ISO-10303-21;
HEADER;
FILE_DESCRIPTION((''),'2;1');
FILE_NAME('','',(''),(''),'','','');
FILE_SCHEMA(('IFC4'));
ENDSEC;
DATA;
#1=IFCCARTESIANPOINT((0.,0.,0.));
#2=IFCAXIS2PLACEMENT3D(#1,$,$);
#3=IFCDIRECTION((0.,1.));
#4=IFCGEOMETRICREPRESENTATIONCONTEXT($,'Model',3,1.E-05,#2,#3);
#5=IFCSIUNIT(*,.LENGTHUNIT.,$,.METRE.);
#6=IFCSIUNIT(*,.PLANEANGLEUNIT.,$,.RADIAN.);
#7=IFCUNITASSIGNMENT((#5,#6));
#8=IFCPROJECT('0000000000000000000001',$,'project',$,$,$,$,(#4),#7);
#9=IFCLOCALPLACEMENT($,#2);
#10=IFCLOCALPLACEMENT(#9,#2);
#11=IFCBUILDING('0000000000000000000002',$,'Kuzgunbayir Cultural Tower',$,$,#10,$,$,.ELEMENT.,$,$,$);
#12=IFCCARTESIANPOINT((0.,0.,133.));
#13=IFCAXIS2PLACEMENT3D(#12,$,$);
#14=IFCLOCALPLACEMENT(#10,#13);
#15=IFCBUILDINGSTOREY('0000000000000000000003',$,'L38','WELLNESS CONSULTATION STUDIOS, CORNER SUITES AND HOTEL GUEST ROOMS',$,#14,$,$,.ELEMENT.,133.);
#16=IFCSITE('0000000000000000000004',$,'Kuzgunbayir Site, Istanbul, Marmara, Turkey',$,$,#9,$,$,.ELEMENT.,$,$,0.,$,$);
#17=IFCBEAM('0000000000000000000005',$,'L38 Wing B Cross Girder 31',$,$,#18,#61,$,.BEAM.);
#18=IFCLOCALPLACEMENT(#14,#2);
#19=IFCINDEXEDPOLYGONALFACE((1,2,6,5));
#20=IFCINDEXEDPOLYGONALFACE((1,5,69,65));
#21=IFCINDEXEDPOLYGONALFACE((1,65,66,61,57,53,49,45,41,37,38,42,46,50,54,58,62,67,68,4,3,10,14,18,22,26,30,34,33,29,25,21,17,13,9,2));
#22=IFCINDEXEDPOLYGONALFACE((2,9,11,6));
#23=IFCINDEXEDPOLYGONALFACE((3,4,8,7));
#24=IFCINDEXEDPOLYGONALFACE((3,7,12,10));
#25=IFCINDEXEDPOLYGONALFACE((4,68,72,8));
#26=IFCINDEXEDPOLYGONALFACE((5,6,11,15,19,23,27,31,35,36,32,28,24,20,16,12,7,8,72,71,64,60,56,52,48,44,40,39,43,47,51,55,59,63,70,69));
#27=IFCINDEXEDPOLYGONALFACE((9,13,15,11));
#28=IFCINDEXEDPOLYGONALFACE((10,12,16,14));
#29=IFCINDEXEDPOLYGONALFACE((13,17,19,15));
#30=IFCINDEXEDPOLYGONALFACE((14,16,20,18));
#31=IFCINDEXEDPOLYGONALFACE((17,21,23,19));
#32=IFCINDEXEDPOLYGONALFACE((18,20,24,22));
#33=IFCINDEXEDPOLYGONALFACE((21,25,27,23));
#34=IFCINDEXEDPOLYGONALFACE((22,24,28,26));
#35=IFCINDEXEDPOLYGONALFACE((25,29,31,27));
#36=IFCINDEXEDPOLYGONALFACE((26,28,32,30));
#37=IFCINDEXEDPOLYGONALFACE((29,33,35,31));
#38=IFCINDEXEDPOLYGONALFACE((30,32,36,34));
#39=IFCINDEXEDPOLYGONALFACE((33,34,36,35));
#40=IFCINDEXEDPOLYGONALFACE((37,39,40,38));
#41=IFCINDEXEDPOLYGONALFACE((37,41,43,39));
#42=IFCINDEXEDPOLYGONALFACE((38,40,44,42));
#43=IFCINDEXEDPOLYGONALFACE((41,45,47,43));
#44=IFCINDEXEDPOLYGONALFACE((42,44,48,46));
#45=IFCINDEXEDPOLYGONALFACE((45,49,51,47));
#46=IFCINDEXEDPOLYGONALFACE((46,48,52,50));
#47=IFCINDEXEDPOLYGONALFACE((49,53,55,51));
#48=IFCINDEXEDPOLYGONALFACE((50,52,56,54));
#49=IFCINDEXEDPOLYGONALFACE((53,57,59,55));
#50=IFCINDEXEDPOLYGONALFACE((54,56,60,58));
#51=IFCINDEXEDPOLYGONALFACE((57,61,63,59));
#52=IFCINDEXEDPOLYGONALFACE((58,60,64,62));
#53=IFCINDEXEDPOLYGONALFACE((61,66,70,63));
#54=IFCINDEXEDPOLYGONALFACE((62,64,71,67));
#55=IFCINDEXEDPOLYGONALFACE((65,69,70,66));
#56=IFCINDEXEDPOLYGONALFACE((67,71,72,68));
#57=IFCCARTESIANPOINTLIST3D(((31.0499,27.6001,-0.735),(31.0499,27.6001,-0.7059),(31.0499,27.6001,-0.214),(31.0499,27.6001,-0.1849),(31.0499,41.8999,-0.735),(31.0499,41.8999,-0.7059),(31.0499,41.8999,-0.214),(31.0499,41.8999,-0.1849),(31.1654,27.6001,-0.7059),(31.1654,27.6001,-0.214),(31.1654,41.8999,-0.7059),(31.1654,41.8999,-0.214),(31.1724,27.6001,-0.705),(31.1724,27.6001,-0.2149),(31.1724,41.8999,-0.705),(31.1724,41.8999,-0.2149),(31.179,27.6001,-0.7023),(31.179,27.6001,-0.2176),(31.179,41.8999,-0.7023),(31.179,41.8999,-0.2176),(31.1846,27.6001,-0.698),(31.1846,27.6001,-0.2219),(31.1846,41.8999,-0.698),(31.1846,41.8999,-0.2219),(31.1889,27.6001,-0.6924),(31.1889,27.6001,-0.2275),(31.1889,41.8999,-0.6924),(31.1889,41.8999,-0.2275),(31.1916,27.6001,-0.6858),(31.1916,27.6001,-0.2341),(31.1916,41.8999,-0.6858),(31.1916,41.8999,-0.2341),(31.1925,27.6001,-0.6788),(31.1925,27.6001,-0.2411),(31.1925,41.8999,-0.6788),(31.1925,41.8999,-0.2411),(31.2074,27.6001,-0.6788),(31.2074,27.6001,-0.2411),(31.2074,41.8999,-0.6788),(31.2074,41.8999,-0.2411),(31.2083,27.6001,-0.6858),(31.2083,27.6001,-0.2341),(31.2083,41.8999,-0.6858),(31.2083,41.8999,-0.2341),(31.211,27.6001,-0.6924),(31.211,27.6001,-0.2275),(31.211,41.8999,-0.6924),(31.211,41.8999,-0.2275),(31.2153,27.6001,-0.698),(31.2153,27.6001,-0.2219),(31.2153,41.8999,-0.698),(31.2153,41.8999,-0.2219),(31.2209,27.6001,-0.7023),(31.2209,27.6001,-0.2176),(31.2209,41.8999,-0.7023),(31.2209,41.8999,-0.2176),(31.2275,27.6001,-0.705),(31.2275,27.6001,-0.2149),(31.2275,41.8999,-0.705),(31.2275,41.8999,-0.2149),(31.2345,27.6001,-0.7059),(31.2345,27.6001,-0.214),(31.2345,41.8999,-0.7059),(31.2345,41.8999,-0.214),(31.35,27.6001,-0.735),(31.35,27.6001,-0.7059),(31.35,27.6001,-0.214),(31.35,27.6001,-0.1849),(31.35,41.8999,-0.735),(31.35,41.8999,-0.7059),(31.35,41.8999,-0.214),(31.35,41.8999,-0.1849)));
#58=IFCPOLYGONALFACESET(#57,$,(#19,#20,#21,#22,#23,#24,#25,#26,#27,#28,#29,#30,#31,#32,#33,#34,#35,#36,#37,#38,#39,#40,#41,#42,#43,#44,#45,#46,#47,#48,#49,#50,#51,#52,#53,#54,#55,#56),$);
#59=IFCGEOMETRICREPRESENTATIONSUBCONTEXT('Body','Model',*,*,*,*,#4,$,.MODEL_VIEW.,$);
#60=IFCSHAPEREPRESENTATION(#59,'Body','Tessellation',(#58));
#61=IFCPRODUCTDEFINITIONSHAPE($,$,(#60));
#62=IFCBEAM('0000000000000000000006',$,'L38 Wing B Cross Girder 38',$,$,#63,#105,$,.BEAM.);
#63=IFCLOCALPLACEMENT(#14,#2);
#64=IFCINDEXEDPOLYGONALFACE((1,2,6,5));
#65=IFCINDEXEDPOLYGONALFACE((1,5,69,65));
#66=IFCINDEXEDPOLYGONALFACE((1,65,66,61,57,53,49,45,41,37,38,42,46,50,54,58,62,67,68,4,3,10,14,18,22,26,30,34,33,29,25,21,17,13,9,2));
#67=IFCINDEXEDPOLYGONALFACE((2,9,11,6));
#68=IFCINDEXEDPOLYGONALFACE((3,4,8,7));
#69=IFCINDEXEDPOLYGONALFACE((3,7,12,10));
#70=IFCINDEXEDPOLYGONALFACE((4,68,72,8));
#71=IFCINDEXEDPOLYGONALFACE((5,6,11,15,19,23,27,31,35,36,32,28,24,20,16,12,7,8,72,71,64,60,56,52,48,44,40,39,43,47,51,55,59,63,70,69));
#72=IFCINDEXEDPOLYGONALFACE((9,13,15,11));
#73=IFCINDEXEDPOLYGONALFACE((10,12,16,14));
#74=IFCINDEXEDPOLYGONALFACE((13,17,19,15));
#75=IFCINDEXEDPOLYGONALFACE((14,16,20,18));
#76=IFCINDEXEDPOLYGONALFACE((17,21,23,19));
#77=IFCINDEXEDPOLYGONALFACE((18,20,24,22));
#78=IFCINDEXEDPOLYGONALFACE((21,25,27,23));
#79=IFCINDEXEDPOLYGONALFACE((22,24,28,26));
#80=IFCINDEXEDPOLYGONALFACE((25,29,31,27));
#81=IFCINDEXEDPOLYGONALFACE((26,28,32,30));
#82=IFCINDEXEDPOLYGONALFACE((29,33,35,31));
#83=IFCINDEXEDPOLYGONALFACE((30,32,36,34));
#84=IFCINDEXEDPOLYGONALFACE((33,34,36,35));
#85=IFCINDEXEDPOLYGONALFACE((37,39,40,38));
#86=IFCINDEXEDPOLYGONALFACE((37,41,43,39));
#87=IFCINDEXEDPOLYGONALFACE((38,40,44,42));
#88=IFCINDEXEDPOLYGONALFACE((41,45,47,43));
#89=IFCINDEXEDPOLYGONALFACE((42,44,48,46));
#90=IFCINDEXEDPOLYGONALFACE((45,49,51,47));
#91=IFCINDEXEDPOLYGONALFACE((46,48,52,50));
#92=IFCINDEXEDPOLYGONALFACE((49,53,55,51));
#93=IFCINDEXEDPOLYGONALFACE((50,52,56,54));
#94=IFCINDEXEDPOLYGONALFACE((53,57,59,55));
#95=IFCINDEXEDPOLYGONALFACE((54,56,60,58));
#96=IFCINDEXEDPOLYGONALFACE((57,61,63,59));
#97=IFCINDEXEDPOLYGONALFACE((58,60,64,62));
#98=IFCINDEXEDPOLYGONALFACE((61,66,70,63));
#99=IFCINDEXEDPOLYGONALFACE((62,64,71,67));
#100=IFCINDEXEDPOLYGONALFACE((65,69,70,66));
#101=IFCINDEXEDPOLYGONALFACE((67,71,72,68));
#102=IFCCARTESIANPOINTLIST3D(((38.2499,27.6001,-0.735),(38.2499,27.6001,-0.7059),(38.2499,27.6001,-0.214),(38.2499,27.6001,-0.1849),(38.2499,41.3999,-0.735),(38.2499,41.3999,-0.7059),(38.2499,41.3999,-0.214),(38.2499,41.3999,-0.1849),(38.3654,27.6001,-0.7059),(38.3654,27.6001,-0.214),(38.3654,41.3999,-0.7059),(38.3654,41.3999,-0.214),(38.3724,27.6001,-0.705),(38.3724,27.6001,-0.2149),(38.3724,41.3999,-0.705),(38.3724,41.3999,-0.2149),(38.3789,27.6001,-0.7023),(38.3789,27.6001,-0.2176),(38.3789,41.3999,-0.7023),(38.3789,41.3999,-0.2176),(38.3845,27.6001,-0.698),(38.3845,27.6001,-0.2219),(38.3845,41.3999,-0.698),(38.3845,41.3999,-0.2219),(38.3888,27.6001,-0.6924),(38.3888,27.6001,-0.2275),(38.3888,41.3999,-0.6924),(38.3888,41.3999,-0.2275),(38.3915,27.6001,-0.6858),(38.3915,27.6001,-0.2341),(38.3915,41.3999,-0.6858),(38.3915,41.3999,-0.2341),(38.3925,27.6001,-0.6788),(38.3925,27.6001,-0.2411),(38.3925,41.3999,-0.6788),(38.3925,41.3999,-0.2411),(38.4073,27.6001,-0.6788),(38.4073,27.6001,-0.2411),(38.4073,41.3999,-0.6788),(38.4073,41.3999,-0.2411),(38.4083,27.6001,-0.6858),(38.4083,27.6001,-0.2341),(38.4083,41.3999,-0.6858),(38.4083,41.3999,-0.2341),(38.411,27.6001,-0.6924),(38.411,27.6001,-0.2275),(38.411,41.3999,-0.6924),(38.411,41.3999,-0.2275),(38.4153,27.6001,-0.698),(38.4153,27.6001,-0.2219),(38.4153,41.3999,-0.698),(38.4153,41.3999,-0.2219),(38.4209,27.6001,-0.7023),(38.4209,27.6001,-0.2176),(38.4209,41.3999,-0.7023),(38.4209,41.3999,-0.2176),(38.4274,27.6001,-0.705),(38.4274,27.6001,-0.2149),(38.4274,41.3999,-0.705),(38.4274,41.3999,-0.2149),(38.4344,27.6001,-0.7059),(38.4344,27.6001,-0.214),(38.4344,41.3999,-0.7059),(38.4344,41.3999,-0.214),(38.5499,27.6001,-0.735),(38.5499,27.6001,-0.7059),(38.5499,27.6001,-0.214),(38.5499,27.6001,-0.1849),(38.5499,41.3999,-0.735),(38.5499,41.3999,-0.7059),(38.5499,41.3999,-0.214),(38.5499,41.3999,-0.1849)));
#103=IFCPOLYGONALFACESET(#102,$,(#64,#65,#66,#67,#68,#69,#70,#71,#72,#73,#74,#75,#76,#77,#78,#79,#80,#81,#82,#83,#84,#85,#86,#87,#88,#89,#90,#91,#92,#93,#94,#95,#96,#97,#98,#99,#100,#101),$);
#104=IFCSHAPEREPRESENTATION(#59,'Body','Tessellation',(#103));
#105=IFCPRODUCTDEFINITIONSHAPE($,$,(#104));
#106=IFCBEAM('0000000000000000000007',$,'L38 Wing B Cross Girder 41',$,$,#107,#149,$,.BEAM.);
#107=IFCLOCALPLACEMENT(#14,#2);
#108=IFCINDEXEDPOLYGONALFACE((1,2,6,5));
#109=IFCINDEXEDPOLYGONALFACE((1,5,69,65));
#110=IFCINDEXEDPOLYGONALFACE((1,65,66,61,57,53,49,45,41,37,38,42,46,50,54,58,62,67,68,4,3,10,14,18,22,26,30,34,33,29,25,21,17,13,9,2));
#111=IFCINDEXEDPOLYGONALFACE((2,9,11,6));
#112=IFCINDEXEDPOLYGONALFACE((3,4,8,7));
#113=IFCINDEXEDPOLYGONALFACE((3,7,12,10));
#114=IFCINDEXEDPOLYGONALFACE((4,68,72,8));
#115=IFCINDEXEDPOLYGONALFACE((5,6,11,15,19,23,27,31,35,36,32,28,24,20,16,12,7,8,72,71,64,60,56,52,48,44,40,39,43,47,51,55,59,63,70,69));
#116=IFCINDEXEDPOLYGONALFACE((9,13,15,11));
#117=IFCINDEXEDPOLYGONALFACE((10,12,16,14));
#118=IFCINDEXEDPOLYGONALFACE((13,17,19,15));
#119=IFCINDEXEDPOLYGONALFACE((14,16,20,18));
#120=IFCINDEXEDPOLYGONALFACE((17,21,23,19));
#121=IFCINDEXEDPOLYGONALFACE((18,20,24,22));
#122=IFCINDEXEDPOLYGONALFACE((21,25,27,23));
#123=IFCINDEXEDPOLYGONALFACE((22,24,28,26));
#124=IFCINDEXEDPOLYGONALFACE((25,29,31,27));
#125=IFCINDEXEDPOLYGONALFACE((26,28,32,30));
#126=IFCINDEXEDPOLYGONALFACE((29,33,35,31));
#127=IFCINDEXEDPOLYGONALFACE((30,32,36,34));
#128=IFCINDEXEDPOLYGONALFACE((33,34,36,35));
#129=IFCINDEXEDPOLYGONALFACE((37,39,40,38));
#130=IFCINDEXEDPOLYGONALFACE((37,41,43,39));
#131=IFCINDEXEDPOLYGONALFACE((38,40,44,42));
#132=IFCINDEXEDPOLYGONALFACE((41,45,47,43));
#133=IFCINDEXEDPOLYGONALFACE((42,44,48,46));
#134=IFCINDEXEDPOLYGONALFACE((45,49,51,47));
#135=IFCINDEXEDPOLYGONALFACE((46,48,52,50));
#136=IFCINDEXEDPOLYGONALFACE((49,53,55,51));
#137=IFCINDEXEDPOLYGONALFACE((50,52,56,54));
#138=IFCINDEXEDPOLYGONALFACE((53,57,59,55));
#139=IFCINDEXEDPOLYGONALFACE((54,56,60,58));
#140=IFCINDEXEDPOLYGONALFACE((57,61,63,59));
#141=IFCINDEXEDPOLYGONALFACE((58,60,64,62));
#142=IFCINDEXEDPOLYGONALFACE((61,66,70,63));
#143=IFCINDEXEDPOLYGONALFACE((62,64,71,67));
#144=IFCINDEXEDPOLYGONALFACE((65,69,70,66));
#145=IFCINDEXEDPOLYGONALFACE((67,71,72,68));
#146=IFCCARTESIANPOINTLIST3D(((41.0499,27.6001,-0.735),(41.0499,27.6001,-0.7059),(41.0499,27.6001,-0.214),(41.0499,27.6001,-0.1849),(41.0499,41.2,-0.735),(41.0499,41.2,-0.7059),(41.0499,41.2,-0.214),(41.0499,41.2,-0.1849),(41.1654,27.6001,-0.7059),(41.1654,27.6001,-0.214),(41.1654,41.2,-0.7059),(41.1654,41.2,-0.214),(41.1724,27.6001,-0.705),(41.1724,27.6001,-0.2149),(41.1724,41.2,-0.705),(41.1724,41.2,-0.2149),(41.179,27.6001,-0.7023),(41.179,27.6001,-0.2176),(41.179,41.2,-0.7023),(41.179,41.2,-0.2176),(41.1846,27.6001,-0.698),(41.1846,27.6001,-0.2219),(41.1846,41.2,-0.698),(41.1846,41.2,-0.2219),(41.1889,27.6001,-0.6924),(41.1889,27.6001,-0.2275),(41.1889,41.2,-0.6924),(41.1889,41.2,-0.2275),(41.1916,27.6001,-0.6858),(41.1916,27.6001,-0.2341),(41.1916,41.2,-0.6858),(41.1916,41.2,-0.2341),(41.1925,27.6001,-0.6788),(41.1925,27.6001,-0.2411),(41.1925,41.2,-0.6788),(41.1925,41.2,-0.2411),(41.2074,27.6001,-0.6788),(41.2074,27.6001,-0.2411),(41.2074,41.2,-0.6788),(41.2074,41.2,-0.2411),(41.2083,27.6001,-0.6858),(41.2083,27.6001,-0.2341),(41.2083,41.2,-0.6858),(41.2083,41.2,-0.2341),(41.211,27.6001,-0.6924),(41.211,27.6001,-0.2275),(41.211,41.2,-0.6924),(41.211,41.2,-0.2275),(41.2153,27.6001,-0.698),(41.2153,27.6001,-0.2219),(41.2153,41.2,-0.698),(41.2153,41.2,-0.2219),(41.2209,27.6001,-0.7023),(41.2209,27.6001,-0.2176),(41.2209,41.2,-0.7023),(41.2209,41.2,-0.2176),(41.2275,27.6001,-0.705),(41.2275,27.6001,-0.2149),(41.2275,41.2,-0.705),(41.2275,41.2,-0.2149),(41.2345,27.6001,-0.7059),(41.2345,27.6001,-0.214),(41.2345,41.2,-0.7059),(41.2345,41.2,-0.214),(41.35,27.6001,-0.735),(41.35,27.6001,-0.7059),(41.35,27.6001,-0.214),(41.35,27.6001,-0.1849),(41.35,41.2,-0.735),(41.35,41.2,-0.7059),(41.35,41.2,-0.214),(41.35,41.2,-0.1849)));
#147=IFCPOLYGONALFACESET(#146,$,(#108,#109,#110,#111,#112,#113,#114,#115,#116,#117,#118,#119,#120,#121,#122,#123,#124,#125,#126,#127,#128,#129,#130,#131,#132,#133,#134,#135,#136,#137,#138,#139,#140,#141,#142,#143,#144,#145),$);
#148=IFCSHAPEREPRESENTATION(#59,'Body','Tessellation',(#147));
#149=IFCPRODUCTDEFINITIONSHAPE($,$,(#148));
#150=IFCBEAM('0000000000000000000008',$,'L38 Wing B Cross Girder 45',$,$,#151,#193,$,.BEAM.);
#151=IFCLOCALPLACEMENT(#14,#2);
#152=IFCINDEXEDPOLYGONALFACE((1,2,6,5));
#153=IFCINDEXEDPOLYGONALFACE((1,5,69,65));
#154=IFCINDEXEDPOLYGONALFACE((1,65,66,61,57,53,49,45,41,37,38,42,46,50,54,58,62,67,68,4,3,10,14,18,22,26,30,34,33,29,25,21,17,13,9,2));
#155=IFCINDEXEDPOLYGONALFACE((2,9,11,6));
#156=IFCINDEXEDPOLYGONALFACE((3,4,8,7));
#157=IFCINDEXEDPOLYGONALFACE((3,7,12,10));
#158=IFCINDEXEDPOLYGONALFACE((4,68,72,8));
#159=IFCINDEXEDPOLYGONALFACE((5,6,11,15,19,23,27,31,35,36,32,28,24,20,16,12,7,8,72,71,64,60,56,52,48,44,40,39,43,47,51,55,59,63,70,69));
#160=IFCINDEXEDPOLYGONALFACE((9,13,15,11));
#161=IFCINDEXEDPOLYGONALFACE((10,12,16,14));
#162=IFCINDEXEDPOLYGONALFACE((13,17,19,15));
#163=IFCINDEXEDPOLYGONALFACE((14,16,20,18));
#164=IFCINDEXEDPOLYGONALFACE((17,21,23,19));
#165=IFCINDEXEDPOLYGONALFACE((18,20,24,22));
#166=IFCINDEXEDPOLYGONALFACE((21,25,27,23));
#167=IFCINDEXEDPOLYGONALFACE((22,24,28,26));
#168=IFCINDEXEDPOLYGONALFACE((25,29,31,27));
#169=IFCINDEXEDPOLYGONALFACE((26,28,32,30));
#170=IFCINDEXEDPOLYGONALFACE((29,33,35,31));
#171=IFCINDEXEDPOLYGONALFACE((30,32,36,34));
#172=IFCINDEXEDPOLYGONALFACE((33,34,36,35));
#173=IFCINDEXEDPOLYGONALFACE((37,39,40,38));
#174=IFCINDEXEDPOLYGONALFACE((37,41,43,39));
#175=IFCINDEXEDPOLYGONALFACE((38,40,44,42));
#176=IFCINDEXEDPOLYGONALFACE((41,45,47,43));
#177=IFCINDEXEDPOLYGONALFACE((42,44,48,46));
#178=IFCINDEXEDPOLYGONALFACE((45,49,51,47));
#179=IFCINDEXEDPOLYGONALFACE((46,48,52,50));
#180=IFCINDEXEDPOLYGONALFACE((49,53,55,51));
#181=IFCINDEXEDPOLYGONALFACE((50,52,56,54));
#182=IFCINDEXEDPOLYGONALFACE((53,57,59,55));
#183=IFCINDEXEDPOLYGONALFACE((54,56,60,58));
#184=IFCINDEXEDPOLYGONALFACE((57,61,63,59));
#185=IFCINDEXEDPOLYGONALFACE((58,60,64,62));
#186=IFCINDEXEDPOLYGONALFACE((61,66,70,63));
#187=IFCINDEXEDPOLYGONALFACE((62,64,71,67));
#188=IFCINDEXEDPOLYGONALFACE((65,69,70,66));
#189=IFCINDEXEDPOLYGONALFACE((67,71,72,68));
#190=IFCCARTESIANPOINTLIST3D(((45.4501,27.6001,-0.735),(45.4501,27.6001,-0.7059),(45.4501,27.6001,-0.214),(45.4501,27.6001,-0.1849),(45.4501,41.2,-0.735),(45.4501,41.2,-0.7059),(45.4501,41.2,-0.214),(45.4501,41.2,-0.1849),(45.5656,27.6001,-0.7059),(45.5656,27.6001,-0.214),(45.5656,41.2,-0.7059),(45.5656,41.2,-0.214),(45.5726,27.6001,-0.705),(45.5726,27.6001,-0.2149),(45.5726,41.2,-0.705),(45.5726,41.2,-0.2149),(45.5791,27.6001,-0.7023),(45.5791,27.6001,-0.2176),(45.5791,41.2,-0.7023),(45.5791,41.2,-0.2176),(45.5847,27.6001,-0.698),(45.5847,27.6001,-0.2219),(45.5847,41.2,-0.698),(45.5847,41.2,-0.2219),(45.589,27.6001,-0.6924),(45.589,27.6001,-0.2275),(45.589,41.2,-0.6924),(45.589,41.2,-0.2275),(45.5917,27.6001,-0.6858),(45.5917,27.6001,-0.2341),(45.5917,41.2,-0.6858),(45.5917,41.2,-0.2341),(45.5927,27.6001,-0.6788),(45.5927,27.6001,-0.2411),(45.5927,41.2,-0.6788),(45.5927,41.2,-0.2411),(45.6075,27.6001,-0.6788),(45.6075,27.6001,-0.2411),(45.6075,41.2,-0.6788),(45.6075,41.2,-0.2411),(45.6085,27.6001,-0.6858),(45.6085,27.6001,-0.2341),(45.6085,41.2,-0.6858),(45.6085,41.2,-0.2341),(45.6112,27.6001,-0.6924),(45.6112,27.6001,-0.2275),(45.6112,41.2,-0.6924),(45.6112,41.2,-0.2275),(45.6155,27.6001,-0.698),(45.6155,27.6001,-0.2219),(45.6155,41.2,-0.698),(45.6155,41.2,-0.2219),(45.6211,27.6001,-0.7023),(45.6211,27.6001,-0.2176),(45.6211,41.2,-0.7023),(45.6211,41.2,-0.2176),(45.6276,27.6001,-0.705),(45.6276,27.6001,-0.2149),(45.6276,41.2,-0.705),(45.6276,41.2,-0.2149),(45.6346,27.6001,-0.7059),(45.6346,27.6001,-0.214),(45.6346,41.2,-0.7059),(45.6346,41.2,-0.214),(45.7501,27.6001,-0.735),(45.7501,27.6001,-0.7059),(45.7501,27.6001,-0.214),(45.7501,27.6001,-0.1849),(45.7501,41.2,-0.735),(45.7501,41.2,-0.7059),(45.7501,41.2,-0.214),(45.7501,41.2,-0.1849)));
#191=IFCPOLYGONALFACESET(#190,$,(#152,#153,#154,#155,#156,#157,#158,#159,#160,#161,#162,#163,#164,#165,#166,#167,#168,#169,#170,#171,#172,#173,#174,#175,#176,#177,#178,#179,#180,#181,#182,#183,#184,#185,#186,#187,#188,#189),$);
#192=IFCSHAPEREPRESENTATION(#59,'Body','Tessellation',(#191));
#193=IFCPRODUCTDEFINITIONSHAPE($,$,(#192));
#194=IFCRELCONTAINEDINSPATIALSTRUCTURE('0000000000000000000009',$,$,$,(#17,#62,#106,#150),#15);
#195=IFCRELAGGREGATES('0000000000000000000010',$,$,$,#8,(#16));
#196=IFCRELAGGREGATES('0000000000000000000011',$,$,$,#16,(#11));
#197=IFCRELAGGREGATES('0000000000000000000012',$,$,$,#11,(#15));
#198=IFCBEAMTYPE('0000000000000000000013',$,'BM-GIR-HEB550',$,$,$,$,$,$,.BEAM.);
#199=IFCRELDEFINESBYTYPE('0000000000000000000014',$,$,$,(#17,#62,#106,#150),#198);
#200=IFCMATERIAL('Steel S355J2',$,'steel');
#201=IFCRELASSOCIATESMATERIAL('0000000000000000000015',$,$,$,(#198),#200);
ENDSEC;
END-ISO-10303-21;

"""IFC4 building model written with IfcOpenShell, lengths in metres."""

from ifc_helpers import new_model, si_unit, direction, frame, origin, origin_2d, place, context, subcontext, project, spatial, i_section, extrude, material, material_profile, profile_set, type_object, element, save


model = new_model("IFC4")

# Units and contexts
model_context = context("Model", 3, precision=1e-05, world=origin(), true_north=direction((0.0, 1.0)))
body_context = subcontext(model_context, "Body", "Model", "MODEL_VIEW")
ifc_project = project(units=[si_unit("LENGTHUNIT", "METRE"), si_unit("PLANEANGLEUNIT", "RADIAN")], contexts=[model_context])

# Site, building, storey
site_placement = place(None, origin())
site = spatial("IfcSite", under=ifc_project, at=site_placement, Name="Kuzgunbayir Site, Istanbul, Marmara, Turkey", CompositionType="ELEMENT", RefElevation=0.0)
building_placement = place(site_placement, origin())
building = spatial("IfcBuilding", under=site, at=building_placement, Name="Kuzgunbayir Cultural Tower", CompositionType="ELEMENT")
storey_placement = place(building_placement, frame((0.0, 0.0, 133.0)))
storey = spatial("IfcBuildingStorey", under=building, at=storey_placement, Name="L38", Description="WELLNESS CONSULTATION STUDIOS, CORNER SUITES AND HOTEL GUEST ROOMS", CompositionType="ELEMENT", Elevation=133.0)

# Beams
ifc_material_1 = material(Name="Steel S355J2", Category="steel")
ifc_material_profile_1 = material_profile(ifc_material_1, i_section(OverallWidth=0.3, OverallDepth=0.55, WebThickness=0.0149, FlangeThickness=0.0291, FilletRadius=0.0271, at=origin_2d()), Name="HEB 550")
ifc_profile_set_1 = profile_set([ifc_material_profile_1], Name="Steel S355J2")
beam_type_1 = type_object("IfcBeamType", Name="BM-GIR-HEB550", PredefinedType="BEAM", material=ifc_profile_set_1)
beam_1_placement = place(storey_placement, frame((31.2, 27.6001, -0.46), z_axis=(0.0, 1.0, 0.0), x_axis=(-1.0, 0.0, 0.0)))
element("IfcBeam", 1, at=beam_1_placement, inside=storey, type_object=beam_type_1, Name="L38 Wing B Cross Girder 31", PredefinedType="BEAM", context=body_context, shape_type="SweptSolid", body=[
    extrude(i_section(OverallWidth=0.3, OverallDepth=0.55, WebThickness=0.0149, FlangeThickness=0.0291, FilletRadius=0.0271, at=origin_2d()), origin(), (0.0, 0.0, 1.0), 14.2998),
])
beam_2_placement = place(storey_placement, frame((38.3999, 27.6001, -0.46), z_axis=(0.0, 1.0, 0.0), x_axis=(-1.0, 0.0, 0.0)))
element("IfcBeam", 2, at=beam_2_placement, inside=storey, type_object=beam_type_1, Name="L38 Wing B Cross Girder 38", PredefinedType="BEAM", context=body_context, shape_type="SweptSolid", body=[
    extrude(i_section(OverallWidth=0.3, OverallDepth=0.55, WebThickness=0.0149, FlangeThickness=0.0291, FilletRadius=0.0271, at=origin_2d()), origin(), (0.0, 0.0, 1.0), 13.7998),
])
for number, where, z_axis, x_axis, name in (
    (3, (41.2, 27.6001, -0.46), (0.0, 1.0, 0.0), (-1.0, 0.0, 0.0), "L38 Wing B Cross Girder 41"),
    (4, (45.6001, 27.6001, -0.46), (0.0, 1.0, 0.0), (-1.0, 0.0, 0.0), "L38 Wing B Cross Girder 45"),
):
    element("IfcBeam", number, at=place(storey_placement, frame(where, z_axis=z_axis, x_axis=x_axis)), inside=storey, type_object=beam_type_1, Name=name, PredefinedType="BEAM", context=body_context, shape_type="SweptSolid", body=[
        extrude(i_section(OverallWidth=0.3, OverallDepth=0.55, WebThickness=0.0149, FlangeThickness=0.0291, FilletRadius=0.0271, at=origin_2d()), origin(), (0.0, 0.0, 1.0), 13.5999),
    ])

save(model, "model.ifc")
